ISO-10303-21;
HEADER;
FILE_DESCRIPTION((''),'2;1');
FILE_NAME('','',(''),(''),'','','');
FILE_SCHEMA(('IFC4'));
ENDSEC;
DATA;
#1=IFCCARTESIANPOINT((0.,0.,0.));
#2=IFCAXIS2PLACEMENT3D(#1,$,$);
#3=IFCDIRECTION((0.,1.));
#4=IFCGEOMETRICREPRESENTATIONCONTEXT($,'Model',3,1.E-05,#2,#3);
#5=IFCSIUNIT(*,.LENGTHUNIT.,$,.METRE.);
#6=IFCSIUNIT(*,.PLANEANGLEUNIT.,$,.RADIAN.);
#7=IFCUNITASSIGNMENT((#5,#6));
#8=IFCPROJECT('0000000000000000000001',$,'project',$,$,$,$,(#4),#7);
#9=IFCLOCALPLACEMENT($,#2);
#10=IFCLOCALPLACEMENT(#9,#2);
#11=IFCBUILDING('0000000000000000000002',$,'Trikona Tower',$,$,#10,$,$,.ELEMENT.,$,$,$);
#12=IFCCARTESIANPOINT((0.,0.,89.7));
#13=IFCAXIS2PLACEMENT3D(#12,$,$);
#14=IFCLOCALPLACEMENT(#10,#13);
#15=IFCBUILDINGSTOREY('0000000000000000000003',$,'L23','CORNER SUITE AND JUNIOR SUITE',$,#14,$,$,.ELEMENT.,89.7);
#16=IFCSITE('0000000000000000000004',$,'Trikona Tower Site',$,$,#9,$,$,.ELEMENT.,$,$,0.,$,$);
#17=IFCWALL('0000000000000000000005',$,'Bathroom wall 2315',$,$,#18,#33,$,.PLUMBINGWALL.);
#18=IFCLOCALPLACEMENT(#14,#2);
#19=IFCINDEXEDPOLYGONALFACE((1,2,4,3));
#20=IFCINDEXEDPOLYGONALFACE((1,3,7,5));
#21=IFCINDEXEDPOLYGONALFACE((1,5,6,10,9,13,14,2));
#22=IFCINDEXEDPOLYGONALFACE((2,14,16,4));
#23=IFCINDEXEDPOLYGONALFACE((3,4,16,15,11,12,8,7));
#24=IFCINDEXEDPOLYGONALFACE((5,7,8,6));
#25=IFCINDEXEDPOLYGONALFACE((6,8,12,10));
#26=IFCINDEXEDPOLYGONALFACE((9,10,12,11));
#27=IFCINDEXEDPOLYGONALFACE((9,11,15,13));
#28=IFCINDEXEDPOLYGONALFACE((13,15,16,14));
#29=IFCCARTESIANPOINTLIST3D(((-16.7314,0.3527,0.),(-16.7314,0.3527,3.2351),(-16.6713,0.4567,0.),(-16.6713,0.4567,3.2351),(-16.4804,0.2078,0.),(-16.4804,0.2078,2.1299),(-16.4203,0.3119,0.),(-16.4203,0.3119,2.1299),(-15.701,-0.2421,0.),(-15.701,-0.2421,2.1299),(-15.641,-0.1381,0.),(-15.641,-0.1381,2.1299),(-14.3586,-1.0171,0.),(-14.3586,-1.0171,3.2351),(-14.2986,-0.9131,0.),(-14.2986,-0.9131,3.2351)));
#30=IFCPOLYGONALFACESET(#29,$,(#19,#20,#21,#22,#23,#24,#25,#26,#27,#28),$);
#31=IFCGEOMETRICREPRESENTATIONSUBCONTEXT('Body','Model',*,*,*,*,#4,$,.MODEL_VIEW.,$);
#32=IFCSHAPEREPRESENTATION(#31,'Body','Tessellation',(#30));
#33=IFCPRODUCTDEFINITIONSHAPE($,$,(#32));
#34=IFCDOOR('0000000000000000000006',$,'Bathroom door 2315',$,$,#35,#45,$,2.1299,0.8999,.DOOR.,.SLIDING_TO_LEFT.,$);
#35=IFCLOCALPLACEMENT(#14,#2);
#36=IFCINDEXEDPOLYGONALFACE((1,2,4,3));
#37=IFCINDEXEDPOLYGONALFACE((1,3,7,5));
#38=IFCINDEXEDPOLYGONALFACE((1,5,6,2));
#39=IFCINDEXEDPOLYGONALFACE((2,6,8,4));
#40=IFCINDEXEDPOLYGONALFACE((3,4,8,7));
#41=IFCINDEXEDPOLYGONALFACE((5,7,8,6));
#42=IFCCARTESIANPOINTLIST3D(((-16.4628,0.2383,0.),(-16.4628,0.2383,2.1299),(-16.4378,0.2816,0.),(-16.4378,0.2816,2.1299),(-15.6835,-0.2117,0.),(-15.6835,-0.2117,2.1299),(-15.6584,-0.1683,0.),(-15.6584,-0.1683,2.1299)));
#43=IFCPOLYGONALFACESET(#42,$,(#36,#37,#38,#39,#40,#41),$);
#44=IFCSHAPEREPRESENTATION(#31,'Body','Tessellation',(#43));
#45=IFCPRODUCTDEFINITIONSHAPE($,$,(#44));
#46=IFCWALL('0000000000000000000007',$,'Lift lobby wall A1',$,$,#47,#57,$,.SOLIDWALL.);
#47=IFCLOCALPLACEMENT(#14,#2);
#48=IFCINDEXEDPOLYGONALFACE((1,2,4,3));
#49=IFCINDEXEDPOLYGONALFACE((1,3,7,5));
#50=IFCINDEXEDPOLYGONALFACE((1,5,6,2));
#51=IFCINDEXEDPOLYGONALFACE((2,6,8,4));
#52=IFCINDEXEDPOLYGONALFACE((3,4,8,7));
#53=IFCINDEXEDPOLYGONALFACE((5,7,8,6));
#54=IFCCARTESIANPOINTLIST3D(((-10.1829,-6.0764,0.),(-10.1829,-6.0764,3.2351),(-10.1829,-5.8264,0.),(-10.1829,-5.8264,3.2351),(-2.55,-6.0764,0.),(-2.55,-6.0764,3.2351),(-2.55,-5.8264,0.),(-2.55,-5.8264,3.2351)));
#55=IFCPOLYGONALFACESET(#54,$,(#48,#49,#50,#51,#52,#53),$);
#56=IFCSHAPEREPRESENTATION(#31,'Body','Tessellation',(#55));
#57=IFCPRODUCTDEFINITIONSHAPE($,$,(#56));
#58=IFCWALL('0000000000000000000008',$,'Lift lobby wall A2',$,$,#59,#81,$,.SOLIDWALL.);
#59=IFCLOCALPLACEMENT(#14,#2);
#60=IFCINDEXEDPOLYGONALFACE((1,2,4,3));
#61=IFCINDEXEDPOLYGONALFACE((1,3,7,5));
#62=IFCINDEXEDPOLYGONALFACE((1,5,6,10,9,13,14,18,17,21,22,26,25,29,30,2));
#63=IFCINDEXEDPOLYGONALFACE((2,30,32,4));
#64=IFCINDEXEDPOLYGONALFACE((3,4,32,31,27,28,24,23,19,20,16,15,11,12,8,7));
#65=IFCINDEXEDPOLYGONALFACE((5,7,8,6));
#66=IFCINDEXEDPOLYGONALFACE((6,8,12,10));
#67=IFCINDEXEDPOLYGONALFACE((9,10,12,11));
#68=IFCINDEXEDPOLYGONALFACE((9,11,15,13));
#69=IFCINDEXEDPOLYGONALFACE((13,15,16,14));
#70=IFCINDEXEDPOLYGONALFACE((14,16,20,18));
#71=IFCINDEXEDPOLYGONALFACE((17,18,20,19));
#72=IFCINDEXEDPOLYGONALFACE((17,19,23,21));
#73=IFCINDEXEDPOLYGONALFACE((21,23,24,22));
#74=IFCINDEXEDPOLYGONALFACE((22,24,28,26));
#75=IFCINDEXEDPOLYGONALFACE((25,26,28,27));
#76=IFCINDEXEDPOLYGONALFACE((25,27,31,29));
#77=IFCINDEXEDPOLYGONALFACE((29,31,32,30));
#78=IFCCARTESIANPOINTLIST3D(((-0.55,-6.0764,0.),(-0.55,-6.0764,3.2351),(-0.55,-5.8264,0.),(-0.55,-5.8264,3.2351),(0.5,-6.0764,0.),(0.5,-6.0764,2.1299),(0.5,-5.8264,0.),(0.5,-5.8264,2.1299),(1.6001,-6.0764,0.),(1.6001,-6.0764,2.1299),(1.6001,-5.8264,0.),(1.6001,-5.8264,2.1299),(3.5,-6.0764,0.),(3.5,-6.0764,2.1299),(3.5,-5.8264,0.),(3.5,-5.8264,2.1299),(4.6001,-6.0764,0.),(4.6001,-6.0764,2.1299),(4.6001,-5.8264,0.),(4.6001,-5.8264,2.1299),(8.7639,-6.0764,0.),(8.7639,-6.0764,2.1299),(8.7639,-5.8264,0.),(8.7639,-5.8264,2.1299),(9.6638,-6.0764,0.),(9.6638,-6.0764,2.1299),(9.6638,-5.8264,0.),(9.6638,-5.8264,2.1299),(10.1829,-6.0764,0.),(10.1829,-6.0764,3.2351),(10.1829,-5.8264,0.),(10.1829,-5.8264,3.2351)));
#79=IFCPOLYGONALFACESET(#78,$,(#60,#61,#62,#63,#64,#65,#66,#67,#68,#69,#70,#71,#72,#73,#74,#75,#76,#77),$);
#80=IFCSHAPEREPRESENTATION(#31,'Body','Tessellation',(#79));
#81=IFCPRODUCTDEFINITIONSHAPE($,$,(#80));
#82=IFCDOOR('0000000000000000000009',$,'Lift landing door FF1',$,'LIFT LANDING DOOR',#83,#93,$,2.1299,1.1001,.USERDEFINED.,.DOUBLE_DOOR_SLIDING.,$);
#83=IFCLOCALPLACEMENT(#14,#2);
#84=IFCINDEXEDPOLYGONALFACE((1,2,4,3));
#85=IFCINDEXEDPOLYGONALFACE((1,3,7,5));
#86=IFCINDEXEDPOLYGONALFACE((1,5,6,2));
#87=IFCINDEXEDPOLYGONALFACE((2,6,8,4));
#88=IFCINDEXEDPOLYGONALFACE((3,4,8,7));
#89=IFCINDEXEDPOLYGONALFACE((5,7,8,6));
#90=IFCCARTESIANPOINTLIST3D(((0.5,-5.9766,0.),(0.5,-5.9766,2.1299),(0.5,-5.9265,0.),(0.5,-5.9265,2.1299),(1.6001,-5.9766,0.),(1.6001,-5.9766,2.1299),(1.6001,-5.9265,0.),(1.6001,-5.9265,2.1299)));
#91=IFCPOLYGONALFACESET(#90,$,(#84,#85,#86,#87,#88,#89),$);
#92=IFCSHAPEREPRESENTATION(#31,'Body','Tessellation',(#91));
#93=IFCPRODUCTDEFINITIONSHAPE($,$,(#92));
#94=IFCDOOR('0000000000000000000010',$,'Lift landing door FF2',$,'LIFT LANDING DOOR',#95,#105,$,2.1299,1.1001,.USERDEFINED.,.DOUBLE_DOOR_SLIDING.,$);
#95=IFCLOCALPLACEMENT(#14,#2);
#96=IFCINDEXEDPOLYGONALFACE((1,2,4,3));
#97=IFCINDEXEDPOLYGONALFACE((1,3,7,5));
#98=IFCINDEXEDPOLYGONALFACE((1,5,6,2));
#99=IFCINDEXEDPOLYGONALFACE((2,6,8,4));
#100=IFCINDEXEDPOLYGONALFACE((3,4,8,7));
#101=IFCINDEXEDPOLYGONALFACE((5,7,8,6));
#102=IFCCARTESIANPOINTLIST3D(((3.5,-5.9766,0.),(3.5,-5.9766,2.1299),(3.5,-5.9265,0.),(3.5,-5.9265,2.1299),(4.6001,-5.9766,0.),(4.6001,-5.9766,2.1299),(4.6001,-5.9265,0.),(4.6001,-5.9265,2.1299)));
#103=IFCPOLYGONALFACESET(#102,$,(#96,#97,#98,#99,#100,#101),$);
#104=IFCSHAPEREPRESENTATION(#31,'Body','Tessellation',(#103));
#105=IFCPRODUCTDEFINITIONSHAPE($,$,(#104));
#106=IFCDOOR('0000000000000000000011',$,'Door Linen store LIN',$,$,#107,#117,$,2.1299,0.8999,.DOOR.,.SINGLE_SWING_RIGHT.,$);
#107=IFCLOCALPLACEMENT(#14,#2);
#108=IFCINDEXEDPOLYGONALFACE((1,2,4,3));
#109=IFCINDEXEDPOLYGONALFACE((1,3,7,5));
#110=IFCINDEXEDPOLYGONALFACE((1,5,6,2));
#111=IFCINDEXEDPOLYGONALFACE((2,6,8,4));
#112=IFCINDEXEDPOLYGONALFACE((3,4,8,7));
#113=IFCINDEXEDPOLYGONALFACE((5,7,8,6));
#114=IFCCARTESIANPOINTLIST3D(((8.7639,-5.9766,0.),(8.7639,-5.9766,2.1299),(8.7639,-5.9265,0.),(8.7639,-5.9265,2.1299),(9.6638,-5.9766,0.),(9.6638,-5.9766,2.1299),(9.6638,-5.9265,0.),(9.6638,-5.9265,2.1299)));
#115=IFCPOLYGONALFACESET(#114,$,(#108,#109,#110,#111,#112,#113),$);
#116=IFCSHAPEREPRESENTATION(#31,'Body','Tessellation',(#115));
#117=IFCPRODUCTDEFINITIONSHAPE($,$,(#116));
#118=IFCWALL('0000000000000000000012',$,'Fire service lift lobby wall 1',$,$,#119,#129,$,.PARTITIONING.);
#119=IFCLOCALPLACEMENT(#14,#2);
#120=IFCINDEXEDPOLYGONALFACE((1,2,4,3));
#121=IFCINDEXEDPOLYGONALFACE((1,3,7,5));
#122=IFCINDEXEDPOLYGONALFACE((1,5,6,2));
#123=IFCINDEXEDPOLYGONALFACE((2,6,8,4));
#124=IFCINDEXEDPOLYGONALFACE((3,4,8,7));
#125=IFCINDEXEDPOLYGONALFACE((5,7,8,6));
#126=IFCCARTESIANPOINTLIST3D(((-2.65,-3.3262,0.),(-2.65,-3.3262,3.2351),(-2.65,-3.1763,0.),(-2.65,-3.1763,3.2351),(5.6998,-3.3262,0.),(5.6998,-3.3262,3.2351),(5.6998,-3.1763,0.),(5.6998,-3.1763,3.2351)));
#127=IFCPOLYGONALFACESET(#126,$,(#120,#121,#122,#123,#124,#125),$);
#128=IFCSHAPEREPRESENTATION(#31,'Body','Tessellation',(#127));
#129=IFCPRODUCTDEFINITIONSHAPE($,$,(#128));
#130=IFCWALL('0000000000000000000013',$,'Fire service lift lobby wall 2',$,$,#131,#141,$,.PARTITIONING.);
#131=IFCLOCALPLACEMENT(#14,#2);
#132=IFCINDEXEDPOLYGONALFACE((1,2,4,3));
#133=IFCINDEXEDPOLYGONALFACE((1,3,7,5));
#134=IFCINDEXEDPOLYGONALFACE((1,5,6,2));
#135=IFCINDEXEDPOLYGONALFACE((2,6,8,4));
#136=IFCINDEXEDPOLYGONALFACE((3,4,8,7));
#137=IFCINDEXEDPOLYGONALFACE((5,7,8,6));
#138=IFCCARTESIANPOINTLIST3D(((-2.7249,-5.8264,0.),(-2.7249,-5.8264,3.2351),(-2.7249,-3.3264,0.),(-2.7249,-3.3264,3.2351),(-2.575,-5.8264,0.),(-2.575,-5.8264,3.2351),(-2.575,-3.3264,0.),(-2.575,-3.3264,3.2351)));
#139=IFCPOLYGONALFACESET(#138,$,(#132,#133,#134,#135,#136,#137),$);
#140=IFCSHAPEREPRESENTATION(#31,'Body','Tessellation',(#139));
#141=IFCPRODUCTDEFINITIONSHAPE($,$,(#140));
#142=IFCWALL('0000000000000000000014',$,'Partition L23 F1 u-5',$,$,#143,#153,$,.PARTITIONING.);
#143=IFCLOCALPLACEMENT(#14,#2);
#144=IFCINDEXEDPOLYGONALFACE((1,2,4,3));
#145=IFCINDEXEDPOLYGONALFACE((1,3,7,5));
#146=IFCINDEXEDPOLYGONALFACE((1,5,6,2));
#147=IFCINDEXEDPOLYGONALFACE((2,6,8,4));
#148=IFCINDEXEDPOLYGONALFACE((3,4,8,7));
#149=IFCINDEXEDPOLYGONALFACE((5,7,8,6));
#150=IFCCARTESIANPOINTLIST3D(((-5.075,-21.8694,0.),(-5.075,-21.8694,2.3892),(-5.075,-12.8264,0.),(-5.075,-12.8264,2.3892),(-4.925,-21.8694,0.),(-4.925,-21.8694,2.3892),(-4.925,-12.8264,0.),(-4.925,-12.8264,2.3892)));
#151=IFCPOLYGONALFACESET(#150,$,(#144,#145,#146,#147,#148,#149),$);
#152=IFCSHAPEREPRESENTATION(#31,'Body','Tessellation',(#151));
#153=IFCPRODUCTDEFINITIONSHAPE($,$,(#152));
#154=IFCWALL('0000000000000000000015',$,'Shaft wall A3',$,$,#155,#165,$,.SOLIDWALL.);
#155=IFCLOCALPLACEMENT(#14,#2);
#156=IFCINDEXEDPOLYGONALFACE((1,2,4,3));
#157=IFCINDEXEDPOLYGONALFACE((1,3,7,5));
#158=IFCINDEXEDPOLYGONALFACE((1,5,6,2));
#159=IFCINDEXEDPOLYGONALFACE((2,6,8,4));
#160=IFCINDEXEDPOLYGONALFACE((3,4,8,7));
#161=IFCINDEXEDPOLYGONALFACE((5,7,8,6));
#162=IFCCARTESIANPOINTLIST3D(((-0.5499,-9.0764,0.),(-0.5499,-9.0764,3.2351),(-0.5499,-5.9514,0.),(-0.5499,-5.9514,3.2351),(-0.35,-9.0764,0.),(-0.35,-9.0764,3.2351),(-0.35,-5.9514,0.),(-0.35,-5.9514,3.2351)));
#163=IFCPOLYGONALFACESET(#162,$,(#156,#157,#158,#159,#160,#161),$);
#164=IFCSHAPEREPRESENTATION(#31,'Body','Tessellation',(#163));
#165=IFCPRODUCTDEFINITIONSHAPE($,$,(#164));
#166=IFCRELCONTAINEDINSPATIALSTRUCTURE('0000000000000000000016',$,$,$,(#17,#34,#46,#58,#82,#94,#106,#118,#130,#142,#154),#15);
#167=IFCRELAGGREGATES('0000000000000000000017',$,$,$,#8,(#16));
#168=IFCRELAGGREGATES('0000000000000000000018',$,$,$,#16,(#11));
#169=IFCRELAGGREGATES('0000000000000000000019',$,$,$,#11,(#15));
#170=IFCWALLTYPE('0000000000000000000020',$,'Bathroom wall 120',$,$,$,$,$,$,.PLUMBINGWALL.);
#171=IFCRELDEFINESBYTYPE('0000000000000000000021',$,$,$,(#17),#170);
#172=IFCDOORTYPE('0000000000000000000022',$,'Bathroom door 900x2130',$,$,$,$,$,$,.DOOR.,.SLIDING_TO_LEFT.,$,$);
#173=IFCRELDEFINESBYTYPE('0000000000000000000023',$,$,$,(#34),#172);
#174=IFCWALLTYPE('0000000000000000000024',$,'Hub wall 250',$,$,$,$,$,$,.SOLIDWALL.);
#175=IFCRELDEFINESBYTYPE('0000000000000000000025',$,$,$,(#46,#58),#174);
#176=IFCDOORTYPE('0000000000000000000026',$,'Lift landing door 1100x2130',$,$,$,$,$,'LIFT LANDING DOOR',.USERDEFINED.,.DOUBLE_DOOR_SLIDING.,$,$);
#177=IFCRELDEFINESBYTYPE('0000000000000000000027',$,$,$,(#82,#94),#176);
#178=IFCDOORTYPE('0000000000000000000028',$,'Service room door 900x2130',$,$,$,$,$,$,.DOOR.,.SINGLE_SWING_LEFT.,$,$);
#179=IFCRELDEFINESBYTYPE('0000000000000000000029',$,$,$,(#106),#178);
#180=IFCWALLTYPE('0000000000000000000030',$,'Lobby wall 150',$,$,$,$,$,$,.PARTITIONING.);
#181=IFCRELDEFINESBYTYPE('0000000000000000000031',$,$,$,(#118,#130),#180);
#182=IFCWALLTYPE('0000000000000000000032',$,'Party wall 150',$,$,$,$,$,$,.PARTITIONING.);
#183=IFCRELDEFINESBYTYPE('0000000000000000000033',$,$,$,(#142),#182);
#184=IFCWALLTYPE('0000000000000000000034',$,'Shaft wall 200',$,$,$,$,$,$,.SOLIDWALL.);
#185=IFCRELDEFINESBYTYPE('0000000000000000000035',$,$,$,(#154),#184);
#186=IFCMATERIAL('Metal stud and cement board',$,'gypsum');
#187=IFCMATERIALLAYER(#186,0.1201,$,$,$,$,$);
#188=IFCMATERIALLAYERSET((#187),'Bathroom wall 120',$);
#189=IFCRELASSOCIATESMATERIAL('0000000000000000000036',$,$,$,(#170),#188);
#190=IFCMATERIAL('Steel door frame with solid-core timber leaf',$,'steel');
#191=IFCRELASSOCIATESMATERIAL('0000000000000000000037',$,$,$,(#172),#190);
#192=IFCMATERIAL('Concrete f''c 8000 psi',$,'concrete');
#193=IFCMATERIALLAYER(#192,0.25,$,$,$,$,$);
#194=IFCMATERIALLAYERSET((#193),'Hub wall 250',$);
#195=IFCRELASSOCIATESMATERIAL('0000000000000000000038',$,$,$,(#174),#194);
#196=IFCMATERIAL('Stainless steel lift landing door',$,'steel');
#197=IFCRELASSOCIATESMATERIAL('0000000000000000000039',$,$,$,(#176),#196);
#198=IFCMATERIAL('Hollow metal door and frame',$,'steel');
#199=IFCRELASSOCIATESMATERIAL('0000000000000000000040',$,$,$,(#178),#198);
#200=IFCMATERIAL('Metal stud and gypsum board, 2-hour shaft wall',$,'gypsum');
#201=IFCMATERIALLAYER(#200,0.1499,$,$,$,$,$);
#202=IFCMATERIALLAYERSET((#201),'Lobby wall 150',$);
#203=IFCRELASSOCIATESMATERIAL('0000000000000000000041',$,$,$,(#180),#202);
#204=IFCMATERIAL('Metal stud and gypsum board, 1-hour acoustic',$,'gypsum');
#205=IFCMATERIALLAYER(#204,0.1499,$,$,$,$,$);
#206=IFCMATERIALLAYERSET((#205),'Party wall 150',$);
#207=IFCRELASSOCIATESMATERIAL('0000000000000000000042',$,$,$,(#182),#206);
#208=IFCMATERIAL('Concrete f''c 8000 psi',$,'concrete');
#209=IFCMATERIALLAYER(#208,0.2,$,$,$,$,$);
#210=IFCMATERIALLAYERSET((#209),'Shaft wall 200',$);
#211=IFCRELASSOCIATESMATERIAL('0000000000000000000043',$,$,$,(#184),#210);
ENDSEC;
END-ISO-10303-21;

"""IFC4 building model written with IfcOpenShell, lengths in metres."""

from ifc_helpers import new_model, si_unit, direction, frame, frame_2d, origin, place, context, subcontext, project, spatial, rectangle, extrude, material, layer, layer_set, type_object, element, fill, save


model = new_model("IFC4")

# Units and contexts
model_context = context("Model", 3, precision=1e-05, world=origin(), true_north=direction((0.0, 1.0)))
body_context = subcontext(model_context, "Body", "Model", "MODEL_VIEW")
ifc_project = project(units=[si_unit("LENGTHUNIT", "METRE"), si_unit("PLANEANGLEUNIT", "RADIAN")], contexts=[model_context])

# Site, building, storey
site_placement = place(None, origin())
site = spatial("IfcSite", under=ifc_project, at=site_placement, Name="Trikona Tower Site", CompositionType="ELEMENT", RefElevation=0.0)
building_placement = place(site_placement, origin())
building = spatial("IfcBuilding", under=site, at=building_placement, Name="Trikona Tower", CompositionType="ELEMENT")
storey_placement = place(building_placement, frame((0.0, 0.0, 89.7)))
storey = spatial("IfcBuildingStorey", under=building, at=storey_placement, Name="L23", Description="CORNER SUITE AND JUNIOR SUITE", CompositionType="ELEMENT", Elevation=89.7)

# Shared definitions
ifc_material_1 = material(Name="Metal stud and cement board", Category="gypsum")
ifc_layer_1 = layer(ifc_material_1, 0.1201)
ifc_layer_set_1 = layer_set([ifc_layer_1], Name="Bathroom wall 120")
wall_type_1 = type_object("IfcWallType", Name="Bathroom wall 120", PredefinedType="PLUMBINGWALL", material=ifc_layer_set_1)

# Shared definitions
ifc_material_2 = material(Name="Steel door frame with solid-core timber leaf", Category="steel")
door_type_1 = type_object("IfcDoorType", Name="Bathroom door 900x2130", OperationType="SLIDING_TO_LEFT", PredefinedType="DOOR", material=ifc_material_2)

# Wall, opening, door
wall_1_placement = place(storey_placement, frame((-14.3286, -0.9651, 0.0), z_axis=(0.0, 0.0, 1.0), x_axis=(-0.866036, 0.499982, 0.0)))
wall_1 = element("IfcWall", 1, at=wall_1_placement, inside=storey, type_object=wall_type_1, Name="Bathroom wall 2315", PredefinedType="PLUMBINGWALL", context=body_context, shape_type="SweptSolid", body=[
    extrude(rectangle(XDim=2.7397, YDim=0.1201, at=frame_2d((1.3699, 0.0))), origin(), (0.0, 0.0, 1.0), 3.2351),
])
opening_1_placement = place(wall_1_placement, frame((1.55, 0.0, 0.0)))
opening_1 = element("IfcOpeningElement", 2, at=opening_1_placement, cuts=wall_1, PredefinedType="OPENING", context=body_context, shape_type="SweptSolid", body=[
    extrude(rectangle(XDim=0.8999, YDim=2.1299, at=frame_2d((0.45, 1.0649))), frame((0.0, 0.0701, 0.0), z_axis=(0.0, -1.0, 0.0), x_axis=(1.0, 0.0, 0.0)), (0.0, 0.0, 1.0), 0.1401),
])
door_1_placement = place(opening_1_placement, origin())
door_1 = element("IfcDoor", 3, at=door_1_placement, inside=storey, type_object=door_type_1, Name="Bathroom door 2315", OperationType="SLIDING_TO_LEFT", OverallHeight=2.1299, OverallWidth=0.8999, PredefinedType="DOOR", context=body_context, shape_type="SweptSolid", body=[
    extrude(rectangle(XDim=0.8999, YDim=2.1299, at=frame_2d((0.45, 1.0649))), frame((0.0, 0.0249, 0.0), z_axis=(0.0, -1.0, 0.0), x_axis=(1.0, 0.0, 0.0)), (0.0, 0.0, 1.0), 0.05),
])
fill(opening_1, door_1)

# Wall
ifc_material_3 = material(Name="Concrete f'c 8000 psi", Category="concrete")
ifc_layer_2 = layer(ifc_material_3, 0.25)
ifc_layer_set_2 = layer_set([ifc_layer_2], Name="Hub wall 250")
wall_type_2 = type_object("IfcWallType", Name="Hub wall 250", PredefinedType="SOLIDWALL", material=ifc_layer_set_2)
wall_2_placement = place(storey_placement, frame((-10.1829, -5.9514, 0.0), z_axis=(0.0, 0.0, 1.0), x_axis=(1.0, 0.0, 0.0)))
element("IfcWall", 4, at=wall_2_placement, inside=storey, type_object=wall_type_2, Name="Lift lobby wall A1", PredefinedType="SOLIDWALL", context=body_context, shape_type="SweptSolid", body=[
    extrude(rectangle(XDim=7.6328, YDim=0.25, at=frame_2d((3.8164, 0.0))), origin(), (0.0, 0.0, 1.0), 3.2351),
])

# Wall, openings, doors
wall_3_placement = place(storey_placement, frame((-0.55, -5.9514, 0.0), z_axis=(0.0, 0.0, 1.0), x_axis=(1.0, 0.0, 0.0)))
wall_3 = element("IfcWall", 5, at=wall_3_placement, inside=storey, type_object=wall_type_2, Name="Lift lobby wall A2", PredefinedType="SOLIDWALL", context=body_context, shape_type="SweptSolid", body=[
    extrude(rectangle(XDim=10.7329, YDim=0.25, at=frame_2d((5.3665, 0.0))), origin(), (0.0, 0.0, 1.0), 3.2351),
])
opening_2_placement = place(wall_3_placement, frame((9.314, 0.0, 0.0)))
opening_2 = element("IfcOpeningElement", 6, at=opening_2_placement, cuts=wall_3, PredefinedType="OPENING", context=body_context, shape_type="SweptSolid", body=[
    extrude(rectangle(XDim=0.8999, YDim=2.1299, at=frame_2d((0.45, 1.0649))), frame((0.0, 0.135, 0.0), z_axis=(0.0, -1.0, 0.0), x_axis=(1.0, 0.0, 0.0)), (0.0, 0.0, 1.0), 0.27),
])
opening_3_placement = place(wall_3_placement, frame((1.05, 0.0, 0.0)))
opening_3 = element("IfcOpeningElement", 7, at=opening_3_placement, cuts=wall_3, PredefinedType="OPENING", context=body_context, shape_type="SweptSolid", body=[
    extrude(rectangle(XDim=1.1001, YDim=2.1299, at=frame_2d((0.55, 1.0649))), frame((0.0, 0.135, 0.0), z_axis=(0.0, -1.0, 0.0), x_axis=(1.0, 0.0, 0.0)), (0.0, 0.0, 1.0), 0.27),
])
opening_4_placement = place(wall_3_placement, frame((4.05, 0.0, 0.0)))
opening_4 = element("IfcOpeningElement", 8, at=opening_4_placement, cuts=wall_3, PredefinedType="OPENING", context=body_context, shape_type="SweptSolid", body=[
    extrude(rectangle(XDim=1.1001, YDim=2.1299, at=frame_2d((0.55, 1.0649))), frame((0.0, 0.135, 0.0), z_axis=(0.0, -1.0, 0.0), x_axis=(1.0, 0.0, 0.0)), (0.0, 0.0, 1.0), 0.27),
])
ifc_material_4 = material(Name="Stainless steel lift landing door", Category="steel")
door_type_2 = type_object("IfcDoorType", Name="Lift landing door 1100x2130", ElementType="LIFT LANDING DOOR", OperationType="DOUBLE_DOOR_SLIDING", PredefinedType="USERDEFINED", material=ifc_material_4)
door_2_placement = place(opening_3_placement, origin())
door_2 = element("IfcDoor", 9, at=door_2_placement, inside=storey, type_object=door_type_2, Name="Lift landing door FF1", ObjectType="LIFT LANDING DOOR", OperationType="DOUBLE_DOOR_SLIDING", OverallHeight=2.1299, OverallWidth=1.1001, PredefinedType="USERDEFINED", context=body_context, shape_type="SweptSolid", body=[
    extrude(rectangle(XDim=1.1001, YDim=2.1299, at=frame_2d((0.55, 1.0649))), frame((0.0, 0.0249, 0.0), z_axis=(0.0, -1.0, 0.0), x_axis=(1.0, 0.0, 0.0)), (0.0, 0.0, 1.0), 0.05),
])
fill(opening_3, door_2)
door_3_placement = place(opening_4_placement, origin())
door_3 = element("IfcDoor", 10, at=door_3_placement, inside=storey, type_object=door_type_2, Name="Lift landing door FF2", ObjectType="LIFT LANDING DOOR", OperationType="DOUBLE_DOOR_SLIDING", OverallHeight=2.1299, OverallWidth=1.1001, PredefinedType="USERDEFINED", context=body_context, shape_type="SweptSolid", body=[
    extrude(rectangle(XDim=1.1001, YDim=2.1299, at=frame_2d((0.55, 1.0649))), frame((0.0, 0.0249, 0.0), z_axis=(0.0, -1.0, 0.0), x_axis=(1.0, 0.0, 0.0)), (0.0, 0.0, 1.0), 0.05),
])
fill(opening_4, door_3)
ifc_material_5 = material(Name="Hollow metal door and frame", Category="steel")
door_type_3 = type_object("IfcDoorType", Name="Service room door 900x2130", OperationType="SINGLE_SWING_LEFT", PredefinedType="DOOR", material=ifc_material_5)
door_4_placement = place(opening_2_placement, origin())
door_4 = element("IfcDoor", 11, at=door_4_placement, inside=storey, type_object=door_type_3, Name="Door Linen store LIN", OperationType="SINGLE_SWING_RIGHT", OverallHeight=2.1299, OverallWidth=0.8999, PredefinedType="DOOR", context=body_context, shape_type="SweptSolid", body=[
    extrude(rectangle(XDim=0.8999, YDim=2.1299, at=frame_2d((0.45, 1.0649))), frame((0.0, 0.0249, 0.0), z_axis=(0.0, -1.0, 0.0), x_axis=(1.0, 0.0, 0.0)), (0.0, 0.0, 1.0), 0.05),
])
fill(opening_2, door_4)

# Walls
ifc_material_6 = material(Name="Metal stud and gypsum board, 2-hour shaft wall", Category="gypsum")
ifc_layer_3 = layer(ifc_material_6, 0.1499)
ifc_layer_set_3 = layer_set([ifc_layer_3], Name="Lobby wall 150")
wall_type_3 = type_object("IfcWallType", Name="Lobby wall 150", PredefinedType="PARTITIONING", material=ifc_layer_set_3)
wall_4_placement = place(storey_placement, frame((-2.6499, -3.2512, 0.0), z_axis=(0.0, 0.0, 1.0), x_axis=(1.0, 0.0, 0.0)))
element("IfcWall", 12, at=wall_4_placement, inside=storey, type_object=wall_type_3, Name="Fire service lift lobby wall 1", PredefinedType="PARTITIONING", context=body_context, shape_type="SweptSolid", body=[
    extrude(rectangle(XDim=8.3499, YDim=0.1499, at=frame_2d((4.1748, 0.0))), origin(), (0.0, 0.0, 1.0), 3.2351),
])
wall_5_placement = place(storey_placement, frame((-2.6499, -5.8264, 0.0), z_axis=(0.0, 0.0, 1.0), x_axis=(0.0, 1.0, 0.0)))
element("IfcWall", 13, at=wall_5_placement, inside=storey, type_object=wall_type_3, Name="Fire service lift lobby wall 2", PredefinedType="PARTITIONING", context=body_context, shape_type="SweptSolid", body=[
    extrude(rectangle(XDim=2.5, YDim=0.1499, at=frame_2d((1.25, 0.0))), origin(), (0.0, 0.0, 1.0), 3.2351),
])
ifc_material_7 = material(Name="Metal stud and gypsum board, 1-hour acoustic", Category="gypsum")
ifc_layer_4 = layer(ifc_material_7, 0.1499)
ifc_layer_set_4 = layer_set([ifc_layer_4], Name="Party wall 150")
wall_type_4 = type_object("IfcWallType", Name="Party wall 150", PredefinedType="PARTITIONING", material=ifc_layer_set_4)
wall_6_placement = place(storey_placement, frame((-5.0, -12.8264, 0.0), z_axis=(0.0, 0.0, 1.0), x_axis=(0.0, -1.0, 0.0)))
element("IfcWall", 14, at=wall_6_placement, inside=storey, type_object=wall_type_4, Name="Partition L23 F1 u-5", PredefinedType="PARTITIONING", context=body_context, shape_type="SweptSolid", body=[
    extrude(rectangle(XDim=9.043, YDim=0.1499, at=frame_2d((4.5215, 0.0))), origin(), (0.0, 0.0, 1.0), 2.3892),
])
ifc_material_8 = material(Name="Concrete f'c 8000 psi", Category="concrete")
ifc_layer_5 = layer(ifc_material_8, 0.2)
ifc_layer_set_5 = layer_set([ifc_layer_5], Name="Shaft wall 200")
wall_type_5 = type_object("IfcWallType", Name="Shaft wall 200", PredefinedType="SOLIDWALL", material=ifc_layer_set_5)
for number, where, z_axis, x_axis, name in (
    (15, (-0.45, -5.9514, 0.0), (0.0, 0.0, 1.0), (0.0, -1.0, 0.0), "Shaft wall A3"),
):
    element("IfcWall", number, at=place(storey_placement, frame(where, z_axis=z_axis, x_axis=x_axis)), inside=storey, type_object=wall_type_5, Name=name, PredefinedType="SOLIDWALL", context=body_context, shape_type="SweptSolid", body=[
        extrude(rectangle(XDim=3.125, YDim=0.2, at=frame_2d((1.5625, 0.0))), origin(), (0.0, 0.0, 1.0), 3.2351),
    ])

save(model, "model.ifc")
